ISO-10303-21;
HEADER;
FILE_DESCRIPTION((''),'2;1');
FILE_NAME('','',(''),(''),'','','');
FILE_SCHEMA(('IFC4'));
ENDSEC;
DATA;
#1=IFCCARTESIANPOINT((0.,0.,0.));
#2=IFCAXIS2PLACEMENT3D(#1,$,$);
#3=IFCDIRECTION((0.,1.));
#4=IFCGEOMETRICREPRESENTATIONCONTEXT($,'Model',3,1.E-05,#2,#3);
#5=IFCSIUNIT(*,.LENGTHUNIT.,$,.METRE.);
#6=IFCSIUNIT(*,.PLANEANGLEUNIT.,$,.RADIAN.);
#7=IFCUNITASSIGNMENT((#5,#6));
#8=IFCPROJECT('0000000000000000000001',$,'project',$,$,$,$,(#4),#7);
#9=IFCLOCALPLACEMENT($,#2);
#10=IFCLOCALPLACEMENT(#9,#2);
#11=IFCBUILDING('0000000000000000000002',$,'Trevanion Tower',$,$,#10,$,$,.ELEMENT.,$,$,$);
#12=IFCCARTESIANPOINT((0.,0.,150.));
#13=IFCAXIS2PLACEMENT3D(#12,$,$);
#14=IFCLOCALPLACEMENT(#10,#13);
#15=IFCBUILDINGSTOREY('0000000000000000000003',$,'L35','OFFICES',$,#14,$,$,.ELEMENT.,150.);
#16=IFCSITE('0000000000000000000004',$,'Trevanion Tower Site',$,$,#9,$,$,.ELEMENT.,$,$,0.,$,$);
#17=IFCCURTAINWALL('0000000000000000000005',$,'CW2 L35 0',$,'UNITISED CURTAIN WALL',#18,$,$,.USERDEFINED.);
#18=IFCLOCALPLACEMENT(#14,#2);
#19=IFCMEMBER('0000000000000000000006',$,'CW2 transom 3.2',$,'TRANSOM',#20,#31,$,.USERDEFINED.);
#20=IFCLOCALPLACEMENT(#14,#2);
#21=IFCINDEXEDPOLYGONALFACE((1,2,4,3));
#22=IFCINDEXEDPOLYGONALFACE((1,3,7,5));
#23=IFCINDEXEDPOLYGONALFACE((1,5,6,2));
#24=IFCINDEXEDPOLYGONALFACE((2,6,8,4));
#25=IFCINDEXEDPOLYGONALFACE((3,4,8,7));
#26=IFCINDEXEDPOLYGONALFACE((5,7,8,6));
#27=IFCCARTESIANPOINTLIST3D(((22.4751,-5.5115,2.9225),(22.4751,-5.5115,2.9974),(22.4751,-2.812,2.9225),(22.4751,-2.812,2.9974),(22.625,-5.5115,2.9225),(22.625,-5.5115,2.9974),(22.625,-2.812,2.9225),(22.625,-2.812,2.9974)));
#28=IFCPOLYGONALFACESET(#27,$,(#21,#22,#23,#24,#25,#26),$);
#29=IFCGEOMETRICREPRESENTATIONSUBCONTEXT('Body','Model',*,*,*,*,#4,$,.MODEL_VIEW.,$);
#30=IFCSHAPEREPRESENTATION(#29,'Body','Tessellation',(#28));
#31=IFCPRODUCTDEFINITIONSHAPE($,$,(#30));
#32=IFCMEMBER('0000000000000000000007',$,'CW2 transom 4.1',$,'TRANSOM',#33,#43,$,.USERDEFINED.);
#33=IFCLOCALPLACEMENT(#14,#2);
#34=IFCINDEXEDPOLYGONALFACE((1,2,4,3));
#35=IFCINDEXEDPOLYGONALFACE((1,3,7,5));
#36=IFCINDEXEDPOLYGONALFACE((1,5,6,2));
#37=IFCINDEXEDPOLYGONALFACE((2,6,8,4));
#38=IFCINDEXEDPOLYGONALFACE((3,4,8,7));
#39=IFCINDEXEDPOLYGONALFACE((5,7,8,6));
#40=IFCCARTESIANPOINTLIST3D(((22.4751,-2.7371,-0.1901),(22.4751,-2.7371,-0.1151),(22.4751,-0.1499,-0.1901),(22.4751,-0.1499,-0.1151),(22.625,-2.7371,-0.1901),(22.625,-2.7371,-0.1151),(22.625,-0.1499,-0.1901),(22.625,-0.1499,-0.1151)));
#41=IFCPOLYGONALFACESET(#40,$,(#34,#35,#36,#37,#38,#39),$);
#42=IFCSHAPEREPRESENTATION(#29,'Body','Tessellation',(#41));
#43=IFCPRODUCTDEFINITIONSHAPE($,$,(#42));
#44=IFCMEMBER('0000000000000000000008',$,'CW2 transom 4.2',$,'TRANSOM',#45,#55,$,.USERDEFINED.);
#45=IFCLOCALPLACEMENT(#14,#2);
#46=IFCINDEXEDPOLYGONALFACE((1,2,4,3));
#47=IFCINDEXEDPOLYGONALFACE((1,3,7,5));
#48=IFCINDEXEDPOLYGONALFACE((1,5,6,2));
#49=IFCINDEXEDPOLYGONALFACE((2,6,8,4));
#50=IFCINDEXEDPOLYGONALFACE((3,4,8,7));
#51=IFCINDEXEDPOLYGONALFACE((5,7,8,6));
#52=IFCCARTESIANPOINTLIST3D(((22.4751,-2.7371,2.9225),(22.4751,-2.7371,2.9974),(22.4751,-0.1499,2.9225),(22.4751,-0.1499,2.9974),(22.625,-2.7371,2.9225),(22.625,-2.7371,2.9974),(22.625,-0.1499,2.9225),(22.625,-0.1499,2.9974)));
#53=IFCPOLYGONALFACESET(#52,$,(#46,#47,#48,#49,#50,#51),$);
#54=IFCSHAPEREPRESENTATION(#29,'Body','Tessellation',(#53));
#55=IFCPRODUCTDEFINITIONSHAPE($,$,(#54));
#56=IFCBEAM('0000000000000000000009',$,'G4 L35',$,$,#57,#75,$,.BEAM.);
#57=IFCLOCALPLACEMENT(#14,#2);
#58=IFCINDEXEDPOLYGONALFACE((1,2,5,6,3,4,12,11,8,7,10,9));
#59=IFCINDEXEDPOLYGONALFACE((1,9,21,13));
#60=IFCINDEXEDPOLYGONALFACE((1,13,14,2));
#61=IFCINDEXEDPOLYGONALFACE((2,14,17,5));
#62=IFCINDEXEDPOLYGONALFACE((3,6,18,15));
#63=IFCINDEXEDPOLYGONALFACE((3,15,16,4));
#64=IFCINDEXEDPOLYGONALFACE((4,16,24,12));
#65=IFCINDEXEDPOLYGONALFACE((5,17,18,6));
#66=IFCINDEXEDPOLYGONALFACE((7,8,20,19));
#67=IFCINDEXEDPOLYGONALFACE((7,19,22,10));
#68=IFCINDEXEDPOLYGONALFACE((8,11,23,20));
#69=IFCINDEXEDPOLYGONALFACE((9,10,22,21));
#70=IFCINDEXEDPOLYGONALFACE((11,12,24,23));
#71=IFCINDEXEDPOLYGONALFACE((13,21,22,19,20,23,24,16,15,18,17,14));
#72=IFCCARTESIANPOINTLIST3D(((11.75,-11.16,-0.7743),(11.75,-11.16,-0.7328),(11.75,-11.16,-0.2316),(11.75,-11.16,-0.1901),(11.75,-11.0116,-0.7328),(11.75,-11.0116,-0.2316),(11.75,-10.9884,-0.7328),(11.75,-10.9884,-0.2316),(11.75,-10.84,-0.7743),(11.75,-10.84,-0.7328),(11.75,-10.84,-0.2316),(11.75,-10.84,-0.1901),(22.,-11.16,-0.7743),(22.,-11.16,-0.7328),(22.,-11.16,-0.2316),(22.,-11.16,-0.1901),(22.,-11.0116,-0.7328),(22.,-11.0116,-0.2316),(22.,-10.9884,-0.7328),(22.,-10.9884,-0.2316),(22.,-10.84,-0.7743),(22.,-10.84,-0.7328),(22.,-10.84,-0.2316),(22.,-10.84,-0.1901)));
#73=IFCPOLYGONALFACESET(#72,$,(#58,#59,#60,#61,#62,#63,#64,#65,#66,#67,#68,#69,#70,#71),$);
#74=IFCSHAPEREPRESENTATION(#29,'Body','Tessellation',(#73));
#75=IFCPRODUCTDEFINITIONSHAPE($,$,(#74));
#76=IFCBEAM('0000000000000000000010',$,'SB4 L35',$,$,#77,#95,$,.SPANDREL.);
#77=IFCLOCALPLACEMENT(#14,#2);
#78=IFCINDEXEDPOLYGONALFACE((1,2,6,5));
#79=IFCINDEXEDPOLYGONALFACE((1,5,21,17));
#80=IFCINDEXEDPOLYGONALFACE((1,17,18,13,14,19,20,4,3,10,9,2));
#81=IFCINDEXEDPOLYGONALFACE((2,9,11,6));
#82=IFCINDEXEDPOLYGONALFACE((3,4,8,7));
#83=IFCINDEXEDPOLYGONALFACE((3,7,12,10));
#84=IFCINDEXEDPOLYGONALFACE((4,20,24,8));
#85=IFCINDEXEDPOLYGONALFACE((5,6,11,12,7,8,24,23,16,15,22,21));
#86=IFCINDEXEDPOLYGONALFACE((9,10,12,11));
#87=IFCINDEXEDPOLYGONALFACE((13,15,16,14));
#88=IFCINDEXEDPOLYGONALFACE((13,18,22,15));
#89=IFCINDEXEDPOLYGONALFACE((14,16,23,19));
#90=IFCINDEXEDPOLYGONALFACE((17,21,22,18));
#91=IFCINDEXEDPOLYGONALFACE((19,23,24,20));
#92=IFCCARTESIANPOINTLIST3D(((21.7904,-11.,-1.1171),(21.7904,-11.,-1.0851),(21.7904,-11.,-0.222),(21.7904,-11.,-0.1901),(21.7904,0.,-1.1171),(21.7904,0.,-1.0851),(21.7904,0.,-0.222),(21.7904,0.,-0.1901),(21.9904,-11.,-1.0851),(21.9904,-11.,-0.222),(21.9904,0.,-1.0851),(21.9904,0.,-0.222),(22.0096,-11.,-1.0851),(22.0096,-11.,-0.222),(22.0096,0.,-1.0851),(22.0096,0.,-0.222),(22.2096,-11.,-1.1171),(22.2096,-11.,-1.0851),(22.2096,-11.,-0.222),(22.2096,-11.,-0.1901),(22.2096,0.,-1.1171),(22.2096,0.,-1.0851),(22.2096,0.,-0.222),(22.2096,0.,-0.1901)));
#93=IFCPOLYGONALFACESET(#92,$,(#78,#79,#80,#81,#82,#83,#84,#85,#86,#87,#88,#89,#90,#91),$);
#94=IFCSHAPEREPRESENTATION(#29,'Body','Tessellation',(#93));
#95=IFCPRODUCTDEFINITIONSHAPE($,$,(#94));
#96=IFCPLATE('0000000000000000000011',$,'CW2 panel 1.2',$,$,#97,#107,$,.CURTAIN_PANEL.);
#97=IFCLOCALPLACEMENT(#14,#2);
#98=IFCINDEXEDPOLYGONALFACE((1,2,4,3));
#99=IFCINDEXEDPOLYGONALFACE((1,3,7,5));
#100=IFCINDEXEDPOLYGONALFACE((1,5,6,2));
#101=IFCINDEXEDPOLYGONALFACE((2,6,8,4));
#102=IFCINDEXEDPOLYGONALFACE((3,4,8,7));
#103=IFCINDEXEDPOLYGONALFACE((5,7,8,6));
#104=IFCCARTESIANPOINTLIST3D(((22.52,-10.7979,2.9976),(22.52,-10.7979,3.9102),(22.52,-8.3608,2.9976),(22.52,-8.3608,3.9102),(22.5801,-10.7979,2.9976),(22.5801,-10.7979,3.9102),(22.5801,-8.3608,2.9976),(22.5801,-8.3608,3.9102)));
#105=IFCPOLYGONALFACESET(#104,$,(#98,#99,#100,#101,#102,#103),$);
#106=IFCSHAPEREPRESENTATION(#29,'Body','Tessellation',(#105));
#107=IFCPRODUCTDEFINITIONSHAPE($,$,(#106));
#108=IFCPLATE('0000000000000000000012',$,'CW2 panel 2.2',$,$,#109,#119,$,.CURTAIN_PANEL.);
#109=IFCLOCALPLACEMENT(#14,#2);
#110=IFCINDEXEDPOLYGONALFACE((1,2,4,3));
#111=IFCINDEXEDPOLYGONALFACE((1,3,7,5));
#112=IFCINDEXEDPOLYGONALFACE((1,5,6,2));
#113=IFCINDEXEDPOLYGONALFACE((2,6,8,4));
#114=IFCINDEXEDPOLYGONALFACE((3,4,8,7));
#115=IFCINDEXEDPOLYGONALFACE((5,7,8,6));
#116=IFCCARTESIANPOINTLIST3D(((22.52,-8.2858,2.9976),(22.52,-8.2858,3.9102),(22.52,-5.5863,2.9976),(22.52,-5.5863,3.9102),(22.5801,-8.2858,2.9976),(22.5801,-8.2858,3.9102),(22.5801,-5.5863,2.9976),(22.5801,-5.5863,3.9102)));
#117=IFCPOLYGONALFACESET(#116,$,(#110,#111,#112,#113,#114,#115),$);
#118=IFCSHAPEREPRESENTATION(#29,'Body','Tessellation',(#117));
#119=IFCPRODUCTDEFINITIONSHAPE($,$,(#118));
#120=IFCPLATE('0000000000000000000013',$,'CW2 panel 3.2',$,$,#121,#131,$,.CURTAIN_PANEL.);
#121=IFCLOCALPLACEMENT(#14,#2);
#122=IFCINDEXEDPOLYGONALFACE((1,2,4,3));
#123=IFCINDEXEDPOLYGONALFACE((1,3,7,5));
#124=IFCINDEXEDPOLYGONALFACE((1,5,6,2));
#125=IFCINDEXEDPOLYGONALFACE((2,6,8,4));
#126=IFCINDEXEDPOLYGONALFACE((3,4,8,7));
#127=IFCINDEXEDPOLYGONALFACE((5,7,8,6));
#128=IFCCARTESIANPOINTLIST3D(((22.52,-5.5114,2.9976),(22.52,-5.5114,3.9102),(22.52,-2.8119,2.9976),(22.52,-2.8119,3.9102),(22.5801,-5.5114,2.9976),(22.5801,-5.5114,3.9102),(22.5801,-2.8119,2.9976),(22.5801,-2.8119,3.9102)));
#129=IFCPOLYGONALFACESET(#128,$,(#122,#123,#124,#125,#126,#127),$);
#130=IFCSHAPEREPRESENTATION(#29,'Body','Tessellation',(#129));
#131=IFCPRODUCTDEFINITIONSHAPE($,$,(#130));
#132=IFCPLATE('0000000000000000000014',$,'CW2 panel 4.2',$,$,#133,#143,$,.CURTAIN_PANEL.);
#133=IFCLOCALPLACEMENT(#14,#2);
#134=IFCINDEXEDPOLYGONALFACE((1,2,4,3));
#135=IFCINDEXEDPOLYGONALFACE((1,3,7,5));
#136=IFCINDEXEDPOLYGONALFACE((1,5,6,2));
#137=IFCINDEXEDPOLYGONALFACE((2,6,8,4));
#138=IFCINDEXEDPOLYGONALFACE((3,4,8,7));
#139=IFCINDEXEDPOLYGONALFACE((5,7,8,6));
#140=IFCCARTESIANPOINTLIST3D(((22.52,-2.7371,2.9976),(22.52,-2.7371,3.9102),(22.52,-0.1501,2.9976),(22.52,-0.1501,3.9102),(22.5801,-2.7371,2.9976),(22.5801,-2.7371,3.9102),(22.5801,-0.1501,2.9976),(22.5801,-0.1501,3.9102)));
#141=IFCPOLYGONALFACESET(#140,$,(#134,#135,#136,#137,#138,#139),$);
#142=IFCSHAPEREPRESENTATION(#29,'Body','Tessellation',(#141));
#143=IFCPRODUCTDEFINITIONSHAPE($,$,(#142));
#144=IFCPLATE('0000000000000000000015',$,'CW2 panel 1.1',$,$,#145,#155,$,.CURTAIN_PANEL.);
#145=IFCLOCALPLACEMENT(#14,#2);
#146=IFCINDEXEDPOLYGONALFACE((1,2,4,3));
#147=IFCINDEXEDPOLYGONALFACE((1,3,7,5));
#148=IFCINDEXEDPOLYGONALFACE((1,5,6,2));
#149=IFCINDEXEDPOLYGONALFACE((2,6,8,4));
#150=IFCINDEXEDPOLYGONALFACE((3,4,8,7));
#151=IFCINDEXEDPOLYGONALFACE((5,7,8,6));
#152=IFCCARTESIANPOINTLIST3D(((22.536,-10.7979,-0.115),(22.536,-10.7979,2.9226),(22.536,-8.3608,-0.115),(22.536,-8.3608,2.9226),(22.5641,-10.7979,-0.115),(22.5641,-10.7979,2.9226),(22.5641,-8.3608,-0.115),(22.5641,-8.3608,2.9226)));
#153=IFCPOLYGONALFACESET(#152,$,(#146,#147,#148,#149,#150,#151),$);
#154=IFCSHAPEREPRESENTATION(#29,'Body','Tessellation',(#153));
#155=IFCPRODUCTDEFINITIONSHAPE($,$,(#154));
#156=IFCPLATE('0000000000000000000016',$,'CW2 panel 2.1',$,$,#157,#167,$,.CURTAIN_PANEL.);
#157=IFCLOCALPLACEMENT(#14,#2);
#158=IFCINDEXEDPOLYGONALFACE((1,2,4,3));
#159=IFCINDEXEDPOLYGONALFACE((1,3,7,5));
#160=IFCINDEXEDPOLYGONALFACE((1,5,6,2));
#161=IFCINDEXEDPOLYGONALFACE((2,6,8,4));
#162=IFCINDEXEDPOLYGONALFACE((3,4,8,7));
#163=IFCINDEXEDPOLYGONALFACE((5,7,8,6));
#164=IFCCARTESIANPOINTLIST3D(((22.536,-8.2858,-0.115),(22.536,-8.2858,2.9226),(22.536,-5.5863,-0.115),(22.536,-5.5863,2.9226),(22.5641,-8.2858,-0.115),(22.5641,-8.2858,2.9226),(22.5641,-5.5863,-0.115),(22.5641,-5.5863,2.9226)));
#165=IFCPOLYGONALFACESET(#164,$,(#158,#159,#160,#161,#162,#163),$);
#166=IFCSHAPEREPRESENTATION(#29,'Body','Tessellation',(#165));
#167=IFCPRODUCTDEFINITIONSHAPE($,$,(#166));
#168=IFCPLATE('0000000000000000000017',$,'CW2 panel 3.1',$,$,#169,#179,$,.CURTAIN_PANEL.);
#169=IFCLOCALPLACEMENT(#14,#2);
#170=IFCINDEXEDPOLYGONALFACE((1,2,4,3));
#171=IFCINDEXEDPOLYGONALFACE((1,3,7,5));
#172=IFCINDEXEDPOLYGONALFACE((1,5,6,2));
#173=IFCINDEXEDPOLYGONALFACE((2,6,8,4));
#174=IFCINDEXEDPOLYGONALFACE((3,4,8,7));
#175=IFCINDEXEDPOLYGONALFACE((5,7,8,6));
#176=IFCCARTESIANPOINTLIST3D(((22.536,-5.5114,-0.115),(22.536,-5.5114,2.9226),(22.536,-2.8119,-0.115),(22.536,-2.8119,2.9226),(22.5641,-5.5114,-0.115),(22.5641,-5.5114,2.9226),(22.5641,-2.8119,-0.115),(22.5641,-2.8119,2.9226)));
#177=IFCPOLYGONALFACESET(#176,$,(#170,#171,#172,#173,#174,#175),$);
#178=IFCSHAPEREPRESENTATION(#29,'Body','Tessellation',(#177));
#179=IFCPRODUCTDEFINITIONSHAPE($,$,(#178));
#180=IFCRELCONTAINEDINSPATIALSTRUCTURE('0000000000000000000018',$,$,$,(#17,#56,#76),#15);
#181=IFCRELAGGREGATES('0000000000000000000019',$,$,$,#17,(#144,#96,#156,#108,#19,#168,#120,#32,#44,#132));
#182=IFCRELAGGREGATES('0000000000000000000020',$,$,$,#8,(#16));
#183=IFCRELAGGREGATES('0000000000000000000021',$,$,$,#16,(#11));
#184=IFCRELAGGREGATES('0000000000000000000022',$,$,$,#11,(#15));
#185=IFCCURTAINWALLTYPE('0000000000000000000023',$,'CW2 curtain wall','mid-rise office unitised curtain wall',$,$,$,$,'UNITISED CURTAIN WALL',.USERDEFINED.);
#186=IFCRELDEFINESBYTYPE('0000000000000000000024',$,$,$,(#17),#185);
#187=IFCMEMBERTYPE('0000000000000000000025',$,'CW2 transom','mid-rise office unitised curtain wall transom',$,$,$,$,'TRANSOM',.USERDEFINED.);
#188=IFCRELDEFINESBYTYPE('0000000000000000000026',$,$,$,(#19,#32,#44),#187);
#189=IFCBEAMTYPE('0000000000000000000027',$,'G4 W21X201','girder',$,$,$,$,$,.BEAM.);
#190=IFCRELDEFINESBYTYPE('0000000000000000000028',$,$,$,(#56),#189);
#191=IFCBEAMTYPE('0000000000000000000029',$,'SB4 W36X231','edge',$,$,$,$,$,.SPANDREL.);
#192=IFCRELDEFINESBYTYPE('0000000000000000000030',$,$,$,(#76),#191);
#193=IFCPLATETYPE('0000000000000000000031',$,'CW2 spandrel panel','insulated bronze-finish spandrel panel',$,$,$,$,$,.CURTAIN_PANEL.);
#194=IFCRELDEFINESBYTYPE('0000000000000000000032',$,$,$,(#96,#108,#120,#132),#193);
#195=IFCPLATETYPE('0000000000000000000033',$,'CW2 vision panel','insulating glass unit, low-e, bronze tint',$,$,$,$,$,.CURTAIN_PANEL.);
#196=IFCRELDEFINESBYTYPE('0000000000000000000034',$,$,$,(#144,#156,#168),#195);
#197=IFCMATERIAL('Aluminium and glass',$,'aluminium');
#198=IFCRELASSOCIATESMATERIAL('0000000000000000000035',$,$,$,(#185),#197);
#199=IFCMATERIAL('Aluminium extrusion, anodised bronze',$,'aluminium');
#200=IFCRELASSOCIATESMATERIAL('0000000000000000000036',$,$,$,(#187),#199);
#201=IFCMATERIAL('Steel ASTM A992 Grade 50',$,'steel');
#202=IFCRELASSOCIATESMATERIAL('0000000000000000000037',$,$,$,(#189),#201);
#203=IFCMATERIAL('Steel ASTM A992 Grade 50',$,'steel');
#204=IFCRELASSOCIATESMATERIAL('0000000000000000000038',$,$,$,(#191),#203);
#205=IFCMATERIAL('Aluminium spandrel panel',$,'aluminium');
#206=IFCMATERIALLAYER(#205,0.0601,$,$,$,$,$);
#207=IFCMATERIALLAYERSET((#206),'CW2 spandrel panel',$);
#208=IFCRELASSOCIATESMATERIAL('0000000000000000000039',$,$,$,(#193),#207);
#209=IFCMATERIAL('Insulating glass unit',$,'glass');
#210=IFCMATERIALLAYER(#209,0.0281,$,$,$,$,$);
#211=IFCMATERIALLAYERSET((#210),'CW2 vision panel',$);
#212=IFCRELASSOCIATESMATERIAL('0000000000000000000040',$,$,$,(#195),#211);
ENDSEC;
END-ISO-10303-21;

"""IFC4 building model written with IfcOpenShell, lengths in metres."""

from ifc_helpers import new_model, si_unit, direction, frame, origin, origin_2d, place, context, subcontext, project, spatial, rectangle, i_section, extrude, material, layer, layer_set, material_profile, profile_set, type_object, element, aggregate, save


model = new_model("IFC4")

# Units and contexts
model_context = context("Model", 3, precision=1e-05, world=origin(), true_north=direction((0.0, 1.0)))
body_context = subcontext(model_context, "Body", "Model", "MODEL_VIEW")
ifc_project = project(units=[si_unit("LENGTHUNIT", "METRE"), si_unit("PLANEANGLEUNIT", "RADIAN")], contexts=[model_context])

# Site, building, storey
site_placement = place(None, origin())
site = spatial("IfcSite", under=ifc_project, at=site_placement, Name="Trevanion Tower Site", CompositionType="ELEMENT", RefElevation=0.0)
building_placement = place(site_placement, origin())
building = spatial("IfcBuilding", under=site, at=building_placement, Name="Trevanion Tower", CompositionType="ELEMENT")
storey_placement = place(building_placement, frame((0.0, 0.0, 150.0)))
storey = spatial("IfcBuildingStorey", under=building, at=storey_placement, Name="L35", Description="OFFICES", CompositionType="ELEMENT", Elevation=150.0)

# Curtain wall, members
ifc_material_1 = material(Name="Aluminium and glass", Category="aluminium")
curtain_wall_type = type_object("IfcCurtainWallType", Name="CW2 curtain wall", Description="mid-rise office unitised curtain wall", ElementType="UNITISED CURTAIN WALL", PredefinedType="USERDEFINED", material=ifc_material_1)
curtain_wall_placement = place(storey_placement, origin())
curtain_wall = element("IfcCurtainWall", 1, at=curtain_wall_placement, inside=storey, type_object=curtain_wall_type, Name="CW2 L35 0", ObjectType="UNITISED CURTAIN WALL", PredefinedType="USERDEFINED")
ifc_material_2 = material(Name="Aluminium extrusion, anodised bronze", Category="aluminium")
ifc_material_profile_1 = material_profile(ifc_material_2, rectangle(XDim=0.1499, YDim=0.075, at=origin_2d()), Name="CW2 transom")
ifc_profile_set_1 = profile_set([ifc_material_profile_1], Name="Aluminium extrusion, anodised bronze")
member_type_1 = type_object("IfcMemberType", Name="CW2 transom", Description="mid-rise office unitised curtain wall transom", ElementType="TRANSOM", PredefinedType="USERDEFINED", material=ifc_profile_set_1)
member_1_placement = place(storey_placement, frame((22.55, -5.5115, 2.96), z_axis=(0.0, 1.0, 0.0), x_axis=(-1.0, 0.0, 0.0)))
member_1 = element("IfcMember", 2, at=member_1_placement, type_object=member_type_1, Name="CW2 transom 3.2", ObjectType="TRANSOM", PredefinedType="USERDEFINED", context=body_context, shape_type="SweptSolid", body=[
    extrude(rectangle(XDim=0.1499, YDim=0.075, at=origin_2d()), origin(), (0.0, 0.0, 1.0), 2.6995),
])
member_2_placement = place(storey_placement, frame((22.55, -2.7371, -0.1526), z_axis=(0.0, 1.0, 0.0), x_axis=(-1.0, 0.0, 0.0)))
member_2 = element("IfcMember", 3, at=member_2_placement, type_object=member_type_1, Name="CW2 transom 4.1", ObjectType="TRANSOM", PredefinedType="USERDEFINED", context=body_context, shape_type="SweptSolid", body=[
    extrude(rectangle(XDim=0.1499, YDim=0.075, at=origin_2d()), origin(), (0.0, 0.0, 1.0), 2.5872),
])
member_3_placement = place(storey_placement, frame((22.55, -2.7371, 2.96), z_axis=(0.0, 1.0, 0.0), x_axis=(-1.0, 0.0, 0.0)))
member_3 = element("IfcMember", 4, at=member_3_placement, type_object=member_type_1, Name="CW2 transom 4.2", ObjectType="TRANSOM", PredefinedType="USERDEFINED", context=body_context, shape_type="SweptSolid", body=[
    extrude(rectangle(XDim=0.1499, YDim=0.075, at=origin_2d()), origin(), (0.0, 0.0, 1.0), 2.5872),
])

# Beams
ifc_material_3 = material(Name="Steel ASTM A992 Grade 50", Category="steel")
ifc_material_profile_2 = material_profile(ifc_material_3, i_section(OverallWidth=0.3201, OverallDepth=0.5842, WebThickness=0.0232, FlangeThickness=0.0415, at=origin_2d()), Name="W21X201")
ifc_profile_set_2 = profile_set([ifc_material_profile_2], Name="Steel ASTM A992 Grade 50")
beam_type_1 = type_object("IfcBeamType", Name="G4 W21X201", Description="girder", PredefinedType="BEAM", material=ifc_profile_set_2)
beam_1_placement = place(storey_placement, frame((11.75, -11.0, -0.4822), z_axis=(1.0, 0.0, 0.0), x_axis=(0.0, 1.0, 0.0)))
element("IfcBeam", 5, at=beam_1_placement, inside=storey, type_object=beam_type_1, Name="G4 L35", PredefinedType="BEAM", context=body_context, shape_type="SweptSolid", body=[
    extrude(i_section(OverallWidth=0.3201, OverallDepth=0.5842, WebThickness=0.0232, FlangeThickness=0.0415, at=origin_2d()), origin(), (0.0, 0.0, 1.0), 10.25),
])
ifc_material_4 = material(Name="Steel ASTM A992 Grade 50", Category="steel")
ifc_material_profile_3 = material_profile(ifc_material_4, i_section(OverallWidth=0.4192, OverallDepth=0.927, WebThickness=0.0193, FlangeThickness=0.032, at=origin_2d()), Name="W36X231")
ifc_profile_set_3 = profile_set([ifc_material_profile_3], Name="Steel ASTM A992 Grade 50")
beam_type_2 = type_object("IfcBeamType", Name="SB4 W36X231", Description="edge", PredefinedType="SPANDREL", material=ifc_profile_set_3)
beam_2_placement = place(storey_placement, frame((22.0, -11.0, -0.6536), z_axis=(0.0, 1.0, 0.0), x_axis=(-1.0, 0.0, 0.0)))
element("IfcBeam", 6, at=beam_2_placement, inside=storey, type_object=beam_type_2, Name="SB4 L35", PredefinedType="SPANDREL", context=body_context, shape_type="SweptSolid", body=[
    extrude(i_section(OverallWidth=0.4192, OverallDepth=0.927, WebThickness=0.0193, FlangeThickness=0.032, at=origin_2d()), origin(), (0.0, 0.0, 1.0), 11.0),
])

# Plates
ifc_material_5 = material(Name="Aluminium spandrel panel", Category="aluminium")
ifc_layer_1 = layer(ifc_material_5, 0.0601)
ifc_layer_set_1 = layer_set([ifc_layer_1], Name="CW2 spandrel panel")
plate_type_1 = type_object("IfcPlateType", Name="CW2 spandrel panel", Description="insulated bronze-finish spandrel panel", PredefinedType="CURTAIN_PANEL", material=ifc_layer_set_1)
plate_1_placement = place(storey_placement, frame((22.55, -9.5793, 2.9976), z_axis=(0.0, 0.0, 1.0), x_axis=(0.0, 1.0, 0.0)))
plate_1 = element("IfcPlate", 7, at=plate_1_placement, type_object=plate_type_1, Name="CW2 panel 1.2", PredefinedType="CURTAIN_PANEL", context=body_context, shape_type="SweptSolid", body=[
    extrude(rectangle(XDim=2.437, YDim=0.0601, at=origin_2d()), origin(), (0.0, 0.0, 1.0), 0.9126),
])
plate_2_placement = place(storey_placement, frame((22.55, -6.936, 2.9976), z_axis=(0.0, 0.0, 1.0), x_axis=(0.0, 1.0, 0.0)))
plate_2 = element("IfcPlate", 8, at=plate_2_placement, type_object=plate_type_1, Name="CW2 panel 2.2", PredefinedType="CURTAIN_PANEL", context=body_context, shape_type="SweptSolid", body=[
    extrude(rectangle(XDim=2.6995, YDim=0.0601, at=origin_2d()), origin(), (0.0, 0.0, 1.0), 0.9126),
])
plate_3_placement = place(storey_placement, frame((22.55, -4.1616, 2.9976), z_axis=(0.0, 0.0, 1.0), x_axis=(0.0, 1.0, 0.0)))
plate_3 = element("IfcPlate", 9, at=plate_3_placement, type_object=plate_type_1, Name="CW2 panel 3.2", PredefinedType="CURTAIN_PANEL", context=body_context, shape_type="SweptSolid", body=[
    extrude(rectangle(XDim=2.6995, YDim=0.0601, at=origin_2d()), origin(), (0.0, 0.0, 1.0), 0.9126),
])
plate_4_placement = place(storey_placement, frame((22.55, -1.4436, 2.9976), z_axis=(0.0, 0.0, 1.0), x_axis=(0.0, 1.0, 0.0)))
plate_4 = element("IfcPlate", 10, at=plate_4_placement, type_object=plate_type_1, Name="CW2 panel 4.2", PredefinedType="CURTAIN_PANEL", context=body_context, shape_type="SweptSolid", body=[
    extrude(rectangle(XDim=2.5869, YDim=0.0601, at=origin_2d()), origin(), (0.0, 0.0, 1.0), 0.9126),
])
ifc_material_6 = material(Name="Insulating glass unit", Category="glass")
ifc_layer_2 = layer(ifc_material_6, 0.0281)
ifc_layer_set_2 = layer_set([ifc_layer_2], Name="CW2 vision panel")
plate_type_2 = type_object("IfcPlateType", Name="CW2 vision panel", Description="insulating glass unit, low-e, bronze tint", PredefinedType="CURTAIN_PANEL", material=ifc_layer_set_2)
plate_5_placement = place(storey_placement, frame((22.55, -9.5793, -0.115), z_axis=(0.0, 0.0, 1.0), x_axis=(0.0, 1.0, 0.0)))
plate_5 = element("IfcPlate", 11, at=plate_5_placement, type_object=plate_type_2, Name="CW2 panel 1.1", PredefinedType="CURTAIN_PANEL", context=body_context, shape_type="SweptSolid", body=[
    extrude(rectangle(XDim=2.437, YDim=0.0281, at=origin_2d()), origin(), (0.0, 0.0, 1.0), 3.0376),
])
plate_6_placement = place(storey_placement, frame((22.55, -6.936, -0.115), z_axis=(0.0, 0.0, 1.0), x_axis=(0.0, 1.0, 0.0)))
plate_6 = element("IfcPlate", 12, at=plate_6_placement, type_object=plate_type_2, Name="CW2 panel 2.1", PredefinedType="CURTAIN_PANEL", context=body_context, shape_type="SweptSolid", body=[
    extrude(rectangle(XDim=2.6995, YDim=0.0281, at=origin_2d()), origin(), (0.0, 0.0, 1.0), 3.0376),
])
plate_7_placement = place(storey_placement, frame((22.55, -4.1616, -0.115), z_axis=(0.0, 0.0, 1.0), x_axis=(0.0, 1.0, 0.0)))
plate_7 = element("IfcPlate", 13, at=plate_7_placement, type_object=plate_type_2, Name="CW2 panel 3.1", PredefinedType="CURTAIN_PANEL", context=body_context, shape_type="SweptSolid", body=[
    extrude(rectangle(XDim=2.6995, YDim=0.0281, at=origin_2d()), origin(), (0.0, 0.0, 1.0), 3.0376),
])
aggregate(curtain_wall, [plate_5, plate_1, plate_6, plate_2, member_1, plate_7, plate_3, member_2, member_3, plate_4])

save(model, "model.ifc")
